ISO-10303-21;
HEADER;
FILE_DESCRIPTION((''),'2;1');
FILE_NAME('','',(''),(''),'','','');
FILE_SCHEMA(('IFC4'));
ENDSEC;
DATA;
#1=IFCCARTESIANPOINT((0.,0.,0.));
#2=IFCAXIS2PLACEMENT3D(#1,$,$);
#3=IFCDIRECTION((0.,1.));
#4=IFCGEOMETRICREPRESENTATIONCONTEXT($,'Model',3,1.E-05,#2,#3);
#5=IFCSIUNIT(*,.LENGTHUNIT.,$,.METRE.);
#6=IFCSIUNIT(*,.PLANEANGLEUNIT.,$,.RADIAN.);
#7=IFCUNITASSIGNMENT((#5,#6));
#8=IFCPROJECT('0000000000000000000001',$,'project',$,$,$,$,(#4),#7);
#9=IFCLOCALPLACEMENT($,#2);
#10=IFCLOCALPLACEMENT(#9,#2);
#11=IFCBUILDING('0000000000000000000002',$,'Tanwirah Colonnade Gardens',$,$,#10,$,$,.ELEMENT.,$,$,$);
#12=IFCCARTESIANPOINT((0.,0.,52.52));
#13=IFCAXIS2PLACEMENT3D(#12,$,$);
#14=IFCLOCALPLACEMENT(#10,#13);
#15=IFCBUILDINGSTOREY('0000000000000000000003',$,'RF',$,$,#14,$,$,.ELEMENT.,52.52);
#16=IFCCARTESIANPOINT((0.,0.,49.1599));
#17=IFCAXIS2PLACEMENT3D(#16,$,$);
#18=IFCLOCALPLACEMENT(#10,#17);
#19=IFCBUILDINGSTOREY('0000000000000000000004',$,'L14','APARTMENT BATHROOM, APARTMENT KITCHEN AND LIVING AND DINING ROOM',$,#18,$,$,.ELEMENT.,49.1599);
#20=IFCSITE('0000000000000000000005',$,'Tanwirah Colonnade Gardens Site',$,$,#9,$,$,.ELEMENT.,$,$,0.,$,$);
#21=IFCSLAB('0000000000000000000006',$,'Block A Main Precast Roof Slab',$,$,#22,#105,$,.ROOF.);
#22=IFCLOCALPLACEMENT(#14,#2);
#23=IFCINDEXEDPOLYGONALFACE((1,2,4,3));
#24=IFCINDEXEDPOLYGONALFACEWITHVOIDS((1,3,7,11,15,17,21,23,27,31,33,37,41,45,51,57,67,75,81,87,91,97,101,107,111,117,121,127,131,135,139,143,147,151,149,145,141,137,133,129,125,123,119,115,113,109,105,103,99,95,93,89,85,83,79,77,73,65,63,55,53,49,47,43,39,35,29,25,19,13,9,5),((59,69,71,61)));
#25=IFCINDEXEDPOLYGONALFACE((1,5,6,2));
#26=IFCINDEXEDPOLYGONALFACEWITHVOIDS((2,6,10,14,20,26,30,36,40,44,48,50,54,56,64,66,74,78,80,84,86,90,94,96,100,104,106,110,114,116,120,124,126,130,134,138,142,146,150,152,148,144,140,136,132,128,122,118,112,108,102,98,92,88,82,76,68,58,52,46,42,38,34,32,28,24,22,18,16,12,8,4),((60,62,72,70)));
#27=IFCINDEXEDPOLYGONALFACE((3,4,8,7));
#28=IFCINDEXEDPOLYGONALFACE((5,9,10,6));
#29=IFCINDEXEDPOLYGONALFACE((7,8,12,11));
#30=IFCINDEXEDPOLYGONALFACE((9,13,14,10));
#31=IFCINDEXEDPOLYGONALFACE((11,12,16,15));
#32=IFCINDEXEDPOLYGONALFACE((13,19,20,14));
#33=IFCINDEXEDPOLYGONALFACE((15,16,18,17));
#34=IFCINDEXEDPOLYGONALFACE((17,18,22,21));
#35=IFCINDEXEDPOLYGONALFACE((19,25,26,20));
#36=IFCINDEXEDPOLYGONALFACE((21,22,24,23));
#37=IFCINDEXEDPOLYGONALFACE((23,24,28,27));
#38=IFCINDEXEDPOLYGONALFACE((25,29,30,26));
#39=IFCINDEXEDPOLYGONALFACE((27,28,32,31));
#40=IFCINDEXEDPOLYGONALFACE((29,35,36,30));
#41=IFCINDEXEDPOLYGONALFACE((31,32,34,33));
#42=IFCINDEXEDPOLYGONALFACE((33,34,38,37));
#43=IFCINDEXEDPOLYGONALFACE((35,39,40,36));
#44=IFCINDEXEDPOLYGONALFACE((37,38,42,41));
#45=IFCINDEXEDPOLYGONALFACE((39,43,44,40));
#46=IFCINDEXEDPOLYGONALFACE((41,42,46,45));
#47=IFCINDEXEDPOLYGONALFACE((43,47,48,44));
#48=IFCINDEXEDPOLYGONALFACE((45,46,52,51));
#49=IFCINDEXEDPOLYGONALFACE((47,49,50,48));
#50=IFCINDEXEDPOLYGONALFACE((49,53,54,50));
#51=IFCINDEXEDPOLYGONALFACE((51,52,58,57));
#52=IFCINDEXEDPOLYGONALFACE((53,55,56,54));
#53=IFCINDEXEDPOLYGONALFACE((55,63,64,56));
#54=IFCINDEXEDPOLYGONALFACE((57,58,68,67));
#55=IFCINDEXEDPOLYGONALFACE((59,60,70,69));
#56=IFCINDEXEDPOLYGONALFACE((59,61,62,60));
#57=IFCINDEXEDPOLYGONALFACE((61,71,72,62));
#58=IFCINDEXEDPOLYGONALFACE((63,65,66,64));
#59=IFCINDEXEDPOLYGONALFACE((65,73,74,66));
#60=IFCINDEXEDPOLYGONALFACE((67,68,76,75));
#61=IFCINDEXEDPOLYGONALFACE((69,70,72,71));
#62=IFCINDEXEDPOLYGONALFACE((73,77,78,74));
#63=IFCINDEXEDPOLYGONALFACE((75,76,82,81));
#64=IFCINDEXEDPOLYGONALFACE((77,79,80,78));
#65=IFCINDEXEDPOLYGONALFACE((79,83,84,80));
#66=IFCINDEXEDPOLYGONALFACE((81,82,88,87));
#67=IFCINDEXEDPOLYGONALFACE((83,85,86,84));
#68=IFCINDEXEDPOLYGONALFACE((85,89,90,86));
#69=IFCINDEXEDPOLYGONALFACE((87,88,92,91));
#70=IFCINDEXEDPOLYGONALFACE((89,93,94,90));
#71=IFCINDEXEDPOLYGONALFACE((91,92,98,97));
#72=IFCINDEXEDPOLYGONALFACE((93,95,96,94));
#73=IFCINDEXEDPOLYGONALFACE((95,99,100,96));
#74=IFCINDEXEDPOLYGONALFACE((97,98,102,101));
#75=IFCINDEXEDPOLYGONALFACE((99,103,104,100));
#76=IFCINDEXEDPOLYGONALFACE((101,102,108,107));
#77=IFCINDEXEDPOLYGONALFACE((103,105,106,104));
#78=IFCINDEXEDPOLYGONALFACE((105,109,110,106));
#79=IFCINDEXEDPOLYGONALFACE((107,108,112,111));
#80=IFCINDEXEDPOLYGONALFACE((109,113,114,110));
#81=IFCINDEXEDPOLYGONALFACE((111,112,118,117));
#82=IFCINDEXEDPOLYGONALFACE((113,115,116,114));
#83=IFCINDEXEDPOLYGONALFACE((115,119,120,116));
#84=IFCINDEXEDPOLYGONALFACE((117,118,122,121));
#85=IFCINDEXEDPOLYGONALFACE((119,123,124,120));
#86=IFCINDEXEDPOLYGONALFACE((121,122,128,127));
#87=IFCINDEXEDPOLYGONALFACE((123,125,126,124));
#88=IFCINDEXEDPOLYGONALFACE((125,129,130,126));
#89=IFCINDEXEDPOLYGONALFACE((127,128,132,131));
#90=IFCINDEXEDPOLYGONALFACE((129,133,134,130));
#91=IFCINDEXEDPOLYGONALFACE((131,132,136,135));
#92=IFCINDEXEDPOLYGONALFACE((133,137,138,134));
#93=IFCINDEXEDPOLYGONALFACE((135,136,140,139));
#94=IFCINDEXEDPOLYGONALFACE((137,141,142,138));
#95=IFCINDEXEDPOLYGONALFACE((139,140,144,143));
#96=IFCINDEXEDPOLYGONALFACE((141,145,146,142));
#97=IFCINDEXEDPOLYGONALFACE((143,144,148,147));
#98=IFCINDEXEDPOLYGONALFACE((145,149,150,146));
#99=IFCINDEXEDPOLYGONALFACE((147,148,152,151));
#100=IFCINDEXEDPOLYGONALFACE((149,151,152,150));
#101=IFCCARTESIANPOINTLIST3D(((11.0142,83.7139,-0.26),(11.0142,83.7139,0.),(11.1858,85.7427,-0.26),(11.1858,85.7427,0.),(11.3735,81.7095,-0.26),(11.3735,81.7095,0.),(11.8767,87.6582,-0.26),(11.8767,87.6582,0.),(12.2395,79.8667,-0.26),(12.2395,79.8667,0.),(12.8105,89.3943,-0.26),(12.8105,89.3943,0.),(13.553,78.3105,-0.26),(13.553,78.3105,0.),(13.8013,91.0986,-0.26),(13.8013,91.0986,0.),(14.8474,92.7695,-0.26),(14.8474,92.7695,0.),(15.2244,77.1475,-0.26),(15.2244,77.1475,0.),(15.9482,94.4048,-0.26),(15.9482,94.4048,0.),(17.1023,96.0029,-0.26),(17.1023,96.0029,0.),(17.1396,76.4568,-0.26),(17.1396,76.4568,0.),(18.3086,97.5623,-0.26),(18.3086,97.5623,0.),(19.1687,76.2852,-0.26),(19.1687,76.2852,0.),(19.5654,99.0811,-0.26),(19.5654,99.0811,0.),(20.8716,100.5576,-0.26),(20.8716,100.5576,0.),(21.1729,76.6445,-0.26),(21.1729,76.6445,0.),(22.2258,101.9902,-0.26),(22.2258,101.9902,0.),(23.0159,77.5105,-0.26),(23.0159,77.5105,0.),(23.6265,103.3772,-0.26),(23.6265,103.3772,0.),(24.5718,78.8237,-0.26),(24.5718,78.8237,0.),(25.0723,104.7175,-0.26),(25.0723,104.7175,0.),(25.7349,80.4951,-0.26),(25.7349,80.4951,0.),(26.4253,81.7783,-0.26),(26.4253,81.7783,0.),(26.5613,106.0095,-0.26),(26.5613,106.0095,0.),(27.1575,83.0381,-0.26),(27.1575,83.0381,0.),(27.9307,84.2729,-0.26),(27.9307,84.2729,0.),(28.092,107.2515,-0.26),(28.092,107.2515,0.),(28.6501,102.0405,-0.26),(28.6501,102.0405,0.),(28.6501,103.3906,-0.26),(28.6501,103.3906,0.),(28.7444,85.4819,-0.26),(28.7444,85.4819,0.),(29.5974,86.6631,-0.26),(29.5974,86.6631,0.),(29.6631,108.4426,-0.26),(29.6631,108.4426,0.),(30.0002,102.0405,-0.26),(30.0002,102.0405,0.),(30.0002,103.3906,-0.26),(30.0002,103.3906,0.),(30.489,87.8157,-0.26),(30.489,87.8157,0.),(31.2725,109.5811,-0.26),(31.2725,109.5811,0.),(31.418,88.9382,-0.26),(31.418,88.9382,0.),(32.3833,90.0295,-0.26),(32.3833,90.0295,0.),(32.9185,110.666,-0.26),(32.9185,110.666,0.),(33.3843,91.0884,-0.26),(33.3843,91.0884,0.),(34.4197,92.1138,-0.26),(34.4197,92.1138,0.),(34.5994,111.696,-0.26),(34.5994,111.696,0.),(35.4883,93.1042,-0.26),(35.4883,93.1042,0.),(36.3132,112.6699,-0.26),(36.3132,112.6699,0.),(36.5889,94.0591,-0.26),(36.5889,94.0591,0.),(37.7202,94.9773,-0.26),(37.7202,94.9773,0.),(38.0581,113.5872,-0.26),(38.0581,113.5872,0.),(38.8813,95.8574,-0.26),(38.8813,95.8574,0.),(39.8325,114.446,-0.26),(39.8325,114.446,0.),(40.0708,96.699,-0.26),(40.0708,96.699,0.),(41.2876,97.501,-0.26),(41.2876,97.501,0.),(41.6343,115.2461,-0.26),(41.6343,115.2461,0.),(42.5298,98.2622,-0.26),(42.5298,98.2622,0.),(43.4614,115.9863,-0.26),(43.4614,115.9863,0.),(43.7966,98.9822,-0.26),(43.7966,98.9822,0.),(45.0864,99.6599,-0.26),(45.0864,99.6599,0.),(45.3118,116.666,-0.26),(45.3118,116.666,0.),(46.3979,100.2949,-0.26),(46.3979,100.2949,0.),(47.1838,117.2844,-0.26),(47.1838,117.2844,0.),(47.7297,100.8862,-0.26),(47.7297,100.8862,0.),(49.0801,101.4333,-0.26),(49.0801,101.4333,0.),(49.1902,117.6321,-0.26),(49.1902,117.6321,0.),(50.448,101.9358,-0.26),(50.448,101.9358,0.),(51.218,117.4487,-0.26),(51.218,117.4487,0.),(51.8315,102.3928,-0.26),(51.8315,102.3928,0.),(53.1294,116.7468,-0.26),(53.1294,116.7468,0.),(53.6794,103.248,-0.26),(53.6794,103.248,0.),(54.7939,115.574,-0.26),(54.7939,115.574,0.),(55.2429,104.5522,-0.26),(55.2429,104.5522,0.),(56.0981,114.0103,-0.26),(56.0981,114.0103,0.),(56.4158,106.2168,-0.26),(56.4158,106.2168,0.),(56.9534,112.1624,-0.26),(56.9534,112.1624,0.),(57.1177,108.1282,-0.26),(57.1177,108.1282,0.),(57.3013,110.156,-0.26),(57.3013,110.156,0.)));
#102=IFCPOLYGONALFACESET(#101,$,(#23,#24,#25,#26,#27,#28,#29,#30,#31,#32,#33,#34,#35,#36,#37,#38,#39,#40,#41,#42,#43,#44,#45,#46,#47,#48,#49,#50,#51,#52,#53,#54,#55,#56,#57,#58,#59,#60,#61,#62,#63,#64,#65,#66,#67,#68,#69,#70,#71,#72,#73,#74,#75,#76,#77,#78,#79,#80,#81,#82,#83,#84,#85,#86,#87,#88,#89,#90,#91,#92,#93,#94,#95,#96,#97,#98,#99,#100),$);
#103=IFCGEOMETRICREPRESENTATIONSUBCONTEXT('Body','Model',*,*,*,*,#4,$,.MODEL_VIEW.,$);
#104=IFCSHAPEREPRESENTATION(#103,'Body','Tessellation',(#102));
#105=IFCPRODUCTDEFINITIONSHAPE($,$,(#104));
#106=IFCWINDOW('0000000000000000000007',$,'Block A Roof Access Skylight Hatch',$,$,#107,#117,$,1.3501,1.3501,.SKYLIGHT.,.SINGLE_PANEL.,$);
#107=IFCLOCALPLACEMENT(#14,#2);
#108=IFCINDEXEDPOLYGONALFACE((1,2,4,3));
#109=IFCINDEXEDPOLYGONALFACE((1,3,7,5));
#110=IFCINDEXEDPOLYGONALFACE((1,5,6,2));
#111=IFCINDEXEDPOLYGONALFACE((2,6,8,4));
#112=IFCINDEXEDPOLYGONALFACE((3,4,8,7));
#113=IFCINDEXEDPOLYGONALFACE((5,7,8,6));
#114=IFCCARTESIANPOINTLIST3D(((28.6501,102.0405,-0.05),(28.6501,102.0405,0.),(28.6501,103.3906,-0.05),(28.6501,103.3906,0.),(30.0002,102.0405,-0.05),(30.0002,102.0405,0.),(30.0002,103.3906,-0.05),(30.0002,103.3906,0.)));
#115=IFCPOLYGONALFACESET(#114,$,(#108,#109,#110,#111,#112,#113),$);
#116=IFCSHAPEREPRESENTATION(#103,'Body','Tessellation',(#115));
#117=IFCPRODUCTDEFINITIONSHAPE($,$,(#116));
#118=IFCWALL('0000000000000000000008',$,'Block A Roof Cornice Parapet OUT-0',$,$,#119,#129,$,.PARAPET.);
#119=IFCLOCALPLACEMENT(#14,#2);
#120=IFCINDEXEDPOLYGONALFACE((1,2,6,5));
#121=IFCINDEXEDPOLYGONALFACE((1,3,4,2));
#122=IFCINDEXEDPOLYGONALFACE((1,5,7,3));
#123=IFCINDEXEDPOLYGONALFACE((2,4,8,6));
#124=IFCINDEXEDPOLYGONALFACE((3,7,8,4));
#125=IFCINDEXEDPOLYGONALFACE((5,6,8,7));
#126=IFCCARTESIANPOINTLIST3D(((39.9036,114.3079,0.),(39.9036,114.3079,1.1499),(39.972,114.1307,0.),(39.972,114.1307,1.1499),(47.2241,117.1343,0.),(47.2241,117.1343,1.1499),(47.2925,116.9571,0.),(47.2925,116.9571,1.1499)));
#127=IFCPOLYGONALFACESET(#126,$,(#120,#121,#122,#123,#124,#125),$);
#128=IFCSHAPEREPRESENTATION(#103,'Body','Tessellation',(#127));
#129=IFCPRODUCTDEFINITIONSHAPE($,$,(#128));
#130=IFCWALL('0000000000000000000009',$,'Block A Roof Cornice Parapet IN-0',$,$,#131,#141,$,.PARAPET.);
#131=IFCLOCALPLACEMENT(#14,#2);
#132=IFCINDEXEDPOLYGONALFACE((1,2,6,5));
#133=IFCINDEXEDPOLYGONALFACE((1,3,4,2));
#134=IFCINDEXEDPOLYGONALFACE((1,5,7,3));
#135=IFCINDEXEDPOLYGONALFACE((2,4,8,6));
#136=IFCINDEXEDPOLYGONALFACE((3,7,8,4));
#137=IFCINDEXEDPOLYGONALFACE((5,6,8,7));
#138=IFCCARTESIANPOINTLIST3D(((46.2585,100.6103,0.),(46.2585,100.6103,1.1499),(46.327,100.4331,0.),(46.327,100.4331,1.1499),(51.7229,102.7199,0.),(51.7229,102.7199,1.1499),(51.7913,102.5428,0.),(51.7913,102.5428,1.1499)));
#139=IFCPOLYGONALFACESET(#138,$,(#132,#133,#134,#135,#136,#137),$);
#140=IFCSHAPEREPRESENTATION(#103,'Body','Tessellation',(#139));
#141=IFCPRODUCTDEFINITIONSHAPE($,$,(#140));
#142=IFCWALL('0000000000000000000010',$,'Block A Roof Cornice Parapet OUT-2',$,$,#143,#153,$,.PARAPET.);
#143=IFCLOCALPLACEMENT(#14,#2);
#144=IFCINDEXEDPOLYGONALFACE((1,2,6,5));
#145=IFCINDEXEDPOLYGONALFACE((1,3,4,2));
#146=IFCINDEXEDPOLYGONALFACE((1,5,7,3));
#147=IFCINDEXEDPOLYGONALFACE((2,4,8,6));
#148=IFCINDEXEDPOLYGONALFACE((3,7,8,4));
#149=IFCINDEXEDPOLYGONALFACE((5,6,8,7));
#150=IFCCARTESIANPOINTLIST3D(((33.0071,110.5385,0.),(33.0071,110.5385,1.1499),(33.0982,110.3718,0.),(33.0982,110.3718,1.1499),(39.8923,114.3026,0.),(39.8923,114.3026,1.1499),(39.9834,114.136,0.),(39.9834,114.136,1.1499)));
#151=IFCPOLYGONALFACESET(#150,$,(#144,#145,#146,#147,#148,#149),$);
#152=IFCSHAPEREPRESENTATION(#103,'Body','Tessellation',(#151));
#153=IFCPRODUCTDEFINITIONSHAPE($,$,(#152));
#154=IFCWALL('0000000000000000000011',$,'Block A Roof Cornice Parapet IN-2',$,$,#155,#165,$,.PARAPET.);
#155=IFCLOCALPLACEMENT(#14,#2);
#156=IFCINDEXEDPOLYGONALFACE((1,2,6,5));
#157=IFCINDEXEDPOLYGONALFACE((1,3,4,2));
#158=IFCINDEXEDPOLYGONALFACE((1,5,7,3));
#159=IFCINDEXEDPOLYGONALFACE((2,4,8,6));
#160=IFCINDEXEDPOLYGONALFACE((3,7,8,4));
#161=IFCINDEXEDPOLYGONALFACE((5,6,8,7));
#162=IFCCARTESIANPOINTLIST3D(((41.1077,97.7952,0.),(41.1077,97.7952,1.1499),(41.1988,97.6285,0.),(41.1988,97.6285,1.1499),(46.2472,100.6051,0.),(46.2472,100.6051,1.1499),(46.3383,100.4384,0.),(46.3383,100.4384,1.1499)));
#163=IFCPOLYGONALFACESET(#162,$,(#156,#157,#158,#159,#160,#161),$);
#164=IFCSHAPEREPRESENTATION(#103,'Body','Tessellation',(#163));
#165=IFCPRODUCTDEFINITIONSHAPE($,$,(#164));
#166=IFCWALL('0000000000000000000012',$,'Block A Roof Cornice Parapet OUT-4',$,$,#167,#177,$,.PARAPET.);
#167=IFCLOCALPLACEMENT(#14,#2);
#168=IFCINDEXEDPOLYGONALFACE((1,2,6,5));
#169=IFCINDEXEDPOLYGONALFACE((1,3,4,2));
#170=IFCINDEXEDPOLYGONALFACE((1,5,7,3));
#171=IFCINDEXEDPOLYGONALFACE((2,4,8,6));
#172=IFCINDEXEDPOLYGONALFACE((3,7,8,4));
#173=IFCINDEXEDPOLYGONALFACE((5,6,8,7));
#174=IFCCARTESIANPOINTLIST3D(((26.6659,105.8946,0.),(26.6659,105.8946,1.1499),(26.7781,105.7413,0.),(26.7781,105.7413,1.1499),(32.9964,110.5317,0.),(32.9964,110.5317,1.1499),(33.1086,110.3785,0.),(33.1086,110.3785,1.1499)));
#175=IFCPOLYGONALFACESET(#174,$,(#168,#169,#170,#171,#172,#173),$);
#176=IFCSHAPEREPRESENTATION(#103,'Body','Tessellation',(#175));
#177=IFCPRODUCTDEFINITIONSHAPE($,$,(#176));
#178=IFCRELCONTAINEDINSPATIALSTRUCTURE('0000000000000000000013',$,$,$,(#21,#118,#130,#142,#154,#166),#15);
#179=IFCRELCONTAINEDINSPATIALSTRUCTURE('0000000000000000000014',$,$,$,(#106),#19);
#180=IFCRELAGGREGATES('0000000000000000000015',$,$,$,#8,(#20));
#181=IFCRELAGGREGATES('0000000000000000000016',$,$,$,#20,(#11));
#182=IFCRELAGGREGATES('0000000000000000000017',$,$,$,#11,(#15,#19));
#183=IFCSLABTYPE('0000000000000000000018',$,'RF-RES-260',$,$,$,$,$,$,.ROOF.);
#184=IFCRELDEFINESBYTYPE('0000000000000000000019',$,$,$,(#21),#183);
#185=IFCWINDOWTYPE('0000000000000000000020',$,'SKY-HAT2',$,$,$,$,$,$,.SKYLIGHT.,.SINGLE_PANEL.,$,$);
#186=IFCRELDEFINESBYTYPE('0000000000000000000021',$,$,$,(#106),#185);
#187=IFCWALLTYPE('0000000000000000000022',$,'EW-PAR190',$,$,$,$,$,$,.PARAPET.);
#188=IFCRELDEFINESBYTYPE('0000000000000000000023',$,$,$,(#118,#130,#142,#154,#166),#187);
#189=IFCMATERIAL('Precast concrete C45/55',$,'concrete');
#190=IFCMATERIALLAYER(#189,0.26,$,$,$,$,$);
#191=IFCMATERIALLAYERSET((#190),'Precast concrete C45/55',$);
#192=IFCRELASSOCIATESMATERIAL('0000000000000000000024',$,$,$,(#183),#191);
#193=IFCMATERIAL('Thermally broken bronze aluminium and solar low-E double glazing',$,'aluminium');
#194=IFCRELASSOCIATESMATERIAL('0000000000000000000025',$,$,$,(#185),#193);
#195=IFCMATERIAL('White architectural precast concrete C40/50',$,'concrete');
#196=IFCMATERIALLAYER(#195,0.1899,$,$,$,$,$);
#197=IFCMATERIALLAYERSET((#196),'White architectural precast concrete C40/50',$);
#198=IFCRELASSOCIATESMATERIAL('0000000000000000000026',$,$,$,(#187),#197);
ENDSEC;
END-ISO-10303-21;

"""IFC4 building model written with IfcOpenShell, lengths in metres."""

from ifc_helpers import new_model, si_unit, direction, frame, frame_2d, origin, origin_2d, place, context, subcontext, project, spatial, polyline, rectangle, outline, extrude, material, layer, layer_set, type_object, element, fill, save


model = new_model("IFC4")

# Units and contexts
model_context = context("Model", 3, precision=1e-05, world=origin(), true_north=direction((0.0, 1.0)))
body_context = subcontext(model_context, "Body", "Model", "MODEL_VIEW")
ifc_project = project(units=[si_unit("LENGTHUNIT", "METRE"), si_unit("PLANEANGLEUNIT", "RADIAN")], contexts=[model_context])

# Site, building, storey
site_placement = place(None, origin())
site = spatial("IfcSite", under=ifc_project, at=site_placement, Name="Tanwirah Colonnade Gardens Site", CompositionType="ELEMENT", RefElevation=0.0)
building_placement = place(site_placement, origin())
building = spatial("IfcBuilding", under=site, at=building_placement, Name="Tanwirah Colonnade Gardens", CompositionType="ELEMENT")
storey_1_placement = place(building_placement, frame((0.0, 0.0, 52.52)))
storey_1 = spatial("IfcBuildingStorey", under=building, at=storey_1_placement, Name="RF", CompositionType="ELEMENT", Elevation=52.52)

# Slab, opening
ifc_material_1 = material(Name="Precast concrete C45/55", Category="concrete")
ifc_layer_1 = layer(ifc_material_1, 0.26)
ifc_layer_set_1 = layer_set([ifc_layer_1], Name="Precast concrete C45/55")
slab_type = type_object("IfcSlabType", Name="RF-RES-260", PredefinedType="ROOF", material=ifc_layer_set_1)
slab_placement = place(storey_1_placement, frame((0.0, 0.0, -0.26)))
slab = element("IfcSlab", 1, at=slab_placement, inside=storey_1, type_object=slab_type, Name="Block A Main Precast Roof Slab", PredefinedType="ROOF", context=body_context, shape_type="SweptSolid", body=[
    extrude(outline(polyline([(53.6794, 103.248), (55.2429, 104.5522), (56.4158, 106.2168), (57.1177, 108.1282), (57.3013, 110.156), (56.9534, 112.1624), (56.0981, 114.0103), (54.7939, 115.574), (53.1294, 116.7468), (51.218, 117.4487), (49.1902, 117.6321), (47.1838, 117.2844), (45.3118, 116.666), (43.4614, 115.9863), (41.6343, 115.2461), (39.8325, 114.446), (38.0581, 113.5872), (36.3132, 112.6699), (34.5994, 111.696), (32.9185, 110.666), (31.2725, 109.5811), (29.6631, 108.4426), (28.092, 107.2515), (26.5613, 106.0095), (25.0723, 104.7175), (23.6265, 103.3772), (22.2258, 101.9902), (20.8716, 100.5576), (19.5654, 99.0811), (18.3086, 97.5623), (17.1023, 96.0029), (15.9482, 94.4048), (14.8474, 92.7695), (13.8013, 91.0986), (12.8105, 89.3943), (11.8767, 87.6582), (11.1858, 85.7427), (11.0142, 83.7139), (11.3735, 81.7095), (12.2395, 79.8667), (13.553, 78.3105), (15.2244, 77.1475), (17.1396, 76.4568), (19.1687, 76.2852), (21.1729, 76.6445), (23.0159, 77.5105), (24.5718, 78.8237), (25.7349, 80.4951), (26.4253, 81.7783), (27.1575, 83.0381), (27.9307, 84.2729), (28.7444, 85.4819), (29.5974, 86.6631), (30.489, 87.8157), (31.418, 88.9382), (32.3833, 90.0295), (33.3843, 91.0884), (34.4197, 92.1138), (35.4883, 93.1042), (36.5889, 94.0591), (37.7202, 94.9773), (38.8813, 95.8574), (40.0708, 96.699), (41.2876, 97.501), (42.5298, 98.2622), (43.7966, 98.9822), (45.0864, 99.6599), (46.3979, 100.2949), (47.7297, 100.8862), (49.0801, 101.4333), (50.448, 101.9358), (51.8315, 102.3928), (53.6794, 103.248)])), origin(), (0.0, 0.0, 1.0), 0.26),
])
opening_placement = place(slab_placement, frame((29.3252, 102.7156, -0.01)))
opening = element("IfcOpeningElement", 2, at=opening_placement, cuts=slab, PredefinedType="OPENING", context=body_context, shape_type="SweptSolid", body=[
    extrude(rectangle(XDim=1.3501, YDim=1.3501, at=origin_2d()), origin(), (0.0, 0.0, 1.0), 0.28),
])

# Shared definitions
storey_2_placement = place(building_placement, frame((0.0, 0.0, 49.1599)))
storey_2 = spatial("IfcBuildingStorey", under=building, at=storey_2_placement, Name="L14", Description="APARTMENT BATHROOM, APARTMENT KITCHEN AND LIVING AND DINING ROOM", CompositionType="ELEMENT", Elevation=49.1599)

# Window
ifc_material_2 = material(Name="Thermally broken bronze aluminium and solar low-E double glazing", Category="aluminium")
window_type = type_object("IfcWindowType", Name="SKY-HAT2", PartitioningType="SINGLE_PANEL", PredefinedType="SKYLIGHT", material=ifc_material_2)
window_placement = place(slab_placement, frame((29.3252, 102.7156, 0.21)))
window = element("IfcWindow", 3, at=window_placement, inside=storey_2, type_object=window_type, Name="Block A Roof Access Skylight Hatch", OverallHeight=1.3501, OverallWidth=1.3501, PartitioningType="SINGLE_PANEL", PredefinedType="SKYLIGHT", context=body_context, shape_type="SweptSolid", body=[
    extrude(rectangle(XDim=1.3501, YDim=1.3501, at=origin_2d()), origin(), (0.0, 0.0, 1.0), 0.05),
])
fill(opening, window)

# Walls
ifc_material_3 = material(Name="White architectural precast concrete C40/50", Category="concrete")
ifc_layer_2 = layer(ifc_material_3, 0.1899)
ifc_layer_set_2 = layer_set([ifc_layer_2], Name="White architectural precast concrete C40/50")
wall_type = type_object("IfcWallType", Name="EW-PAR190", PredefinedType="PARAPET", material=ifc_layer_set_2)
wall_1_placement = place(storey_1_placement, frame((47.2583, 117.0457, 0.0), z_axis=(0.0, 0.0, 1.0), x_axis=(-0.932883, -0.36018, 0.0)))
element("IfcWall", 4, at=wall_1_placement, inside=storey_1, type_object=wall_type, Name="Block A Roof Cornice Parapet OUT-0", PredefinedType="PARAPET", context=body_context, shape_type="SweptSolid", body=[
    extrude(rectangle(XDim=7.8472, YDim=0.1899, at=frame_2d((3.9236, 0.0))), origin(), (0.0, 0.0, 1.0), 1.1499),
])
wall_2_placement = place(storey_1_placement, frame((51.7571, 102.6313, 0.0), z_axis=(0.0, 0.0, 1.0), x_axis=(-0.93289, -0.36016, 0.0)))
element("IfcWall", 5, at=wall_2_placement, inside=storey_1, type_object=wall_type, Name="Block A Roof Cornice Parapet IN-0", PredefinedType="PARAPET", context=body_context, shape_type="SweptSolid", body=[
    extrude(rectangle(XDim=5.8574, YDim=0.1899, at=frame_2d((2.9287, 0.0))), origin(), (0.0, 0.0, 1.0), 1.1499),
])
wall_3_placement = place(storey_1_placement, frame((39.9377, 114.2192, 0.0), z_axis=(0.0, 0.0, 1.0), x_axis=(-0.877436, -0.479693, 0.0)))
element("IfcWall", 6, at=wall_3_placement, inside=storey_1, type_object=wall_type, Name="Block A Roof Cornice Parapet OUT-2", PredefinedType="PARAPET", context=body_context, shape_type="SweptSolid", body=[
    extrude(rectangle(XDim=7.8469, YDim=0.1899, at=frame_2d((3.9233, 0.0))), origin(), (0.0, 0.0, 1.0), 1.1499),
])
wall_4_placement = place(storey_1_placement, frame((46.2927, 100.5217, 0.0), z_axis=(0.0, 0.0, 1.0), x_axis=(-0.877428, -0.479708, 0.0)))
element("IfcWall", 7, at=wall_4_placement, inside=storey_1, type_object=wall_type, Name="Block A Roof Cornice Parapet IN-2", PredefinedType="PARAPET", context=body_context, shape_type="SweptSolid", body=[
    extrude(rectangle(XDim=5.8574, YDim=0.1899, at=frame_2d((2.9287, 0.0))), origin(), (0.0, 0.0, 1.0), 1.1499),
])
wall_5_placement = place(storey_1_placement, frame((33.0525, 110.4551, 0.0), z_axis=(0.0, 0.0, 1.0), x_axis=(-0.806721, -0.590932, 0.0)))
element("IfcWall", 8, at=wall_5_placement, inside=storey_1, type_object=wall_type, Name="Block A Roof Cornice Parapet OUT-4", PredefinedType="PARAPET", context=body_context, shape_type="SweptSolid", body=[
    extrude(rectangle(XDim=7.8472, YDim=0.1899, at=frame_2d((3.9236, 0.0))), origin(), (0.0, 0.0, 1.0), 1.1499),
])

save(model, "model.ifc")
